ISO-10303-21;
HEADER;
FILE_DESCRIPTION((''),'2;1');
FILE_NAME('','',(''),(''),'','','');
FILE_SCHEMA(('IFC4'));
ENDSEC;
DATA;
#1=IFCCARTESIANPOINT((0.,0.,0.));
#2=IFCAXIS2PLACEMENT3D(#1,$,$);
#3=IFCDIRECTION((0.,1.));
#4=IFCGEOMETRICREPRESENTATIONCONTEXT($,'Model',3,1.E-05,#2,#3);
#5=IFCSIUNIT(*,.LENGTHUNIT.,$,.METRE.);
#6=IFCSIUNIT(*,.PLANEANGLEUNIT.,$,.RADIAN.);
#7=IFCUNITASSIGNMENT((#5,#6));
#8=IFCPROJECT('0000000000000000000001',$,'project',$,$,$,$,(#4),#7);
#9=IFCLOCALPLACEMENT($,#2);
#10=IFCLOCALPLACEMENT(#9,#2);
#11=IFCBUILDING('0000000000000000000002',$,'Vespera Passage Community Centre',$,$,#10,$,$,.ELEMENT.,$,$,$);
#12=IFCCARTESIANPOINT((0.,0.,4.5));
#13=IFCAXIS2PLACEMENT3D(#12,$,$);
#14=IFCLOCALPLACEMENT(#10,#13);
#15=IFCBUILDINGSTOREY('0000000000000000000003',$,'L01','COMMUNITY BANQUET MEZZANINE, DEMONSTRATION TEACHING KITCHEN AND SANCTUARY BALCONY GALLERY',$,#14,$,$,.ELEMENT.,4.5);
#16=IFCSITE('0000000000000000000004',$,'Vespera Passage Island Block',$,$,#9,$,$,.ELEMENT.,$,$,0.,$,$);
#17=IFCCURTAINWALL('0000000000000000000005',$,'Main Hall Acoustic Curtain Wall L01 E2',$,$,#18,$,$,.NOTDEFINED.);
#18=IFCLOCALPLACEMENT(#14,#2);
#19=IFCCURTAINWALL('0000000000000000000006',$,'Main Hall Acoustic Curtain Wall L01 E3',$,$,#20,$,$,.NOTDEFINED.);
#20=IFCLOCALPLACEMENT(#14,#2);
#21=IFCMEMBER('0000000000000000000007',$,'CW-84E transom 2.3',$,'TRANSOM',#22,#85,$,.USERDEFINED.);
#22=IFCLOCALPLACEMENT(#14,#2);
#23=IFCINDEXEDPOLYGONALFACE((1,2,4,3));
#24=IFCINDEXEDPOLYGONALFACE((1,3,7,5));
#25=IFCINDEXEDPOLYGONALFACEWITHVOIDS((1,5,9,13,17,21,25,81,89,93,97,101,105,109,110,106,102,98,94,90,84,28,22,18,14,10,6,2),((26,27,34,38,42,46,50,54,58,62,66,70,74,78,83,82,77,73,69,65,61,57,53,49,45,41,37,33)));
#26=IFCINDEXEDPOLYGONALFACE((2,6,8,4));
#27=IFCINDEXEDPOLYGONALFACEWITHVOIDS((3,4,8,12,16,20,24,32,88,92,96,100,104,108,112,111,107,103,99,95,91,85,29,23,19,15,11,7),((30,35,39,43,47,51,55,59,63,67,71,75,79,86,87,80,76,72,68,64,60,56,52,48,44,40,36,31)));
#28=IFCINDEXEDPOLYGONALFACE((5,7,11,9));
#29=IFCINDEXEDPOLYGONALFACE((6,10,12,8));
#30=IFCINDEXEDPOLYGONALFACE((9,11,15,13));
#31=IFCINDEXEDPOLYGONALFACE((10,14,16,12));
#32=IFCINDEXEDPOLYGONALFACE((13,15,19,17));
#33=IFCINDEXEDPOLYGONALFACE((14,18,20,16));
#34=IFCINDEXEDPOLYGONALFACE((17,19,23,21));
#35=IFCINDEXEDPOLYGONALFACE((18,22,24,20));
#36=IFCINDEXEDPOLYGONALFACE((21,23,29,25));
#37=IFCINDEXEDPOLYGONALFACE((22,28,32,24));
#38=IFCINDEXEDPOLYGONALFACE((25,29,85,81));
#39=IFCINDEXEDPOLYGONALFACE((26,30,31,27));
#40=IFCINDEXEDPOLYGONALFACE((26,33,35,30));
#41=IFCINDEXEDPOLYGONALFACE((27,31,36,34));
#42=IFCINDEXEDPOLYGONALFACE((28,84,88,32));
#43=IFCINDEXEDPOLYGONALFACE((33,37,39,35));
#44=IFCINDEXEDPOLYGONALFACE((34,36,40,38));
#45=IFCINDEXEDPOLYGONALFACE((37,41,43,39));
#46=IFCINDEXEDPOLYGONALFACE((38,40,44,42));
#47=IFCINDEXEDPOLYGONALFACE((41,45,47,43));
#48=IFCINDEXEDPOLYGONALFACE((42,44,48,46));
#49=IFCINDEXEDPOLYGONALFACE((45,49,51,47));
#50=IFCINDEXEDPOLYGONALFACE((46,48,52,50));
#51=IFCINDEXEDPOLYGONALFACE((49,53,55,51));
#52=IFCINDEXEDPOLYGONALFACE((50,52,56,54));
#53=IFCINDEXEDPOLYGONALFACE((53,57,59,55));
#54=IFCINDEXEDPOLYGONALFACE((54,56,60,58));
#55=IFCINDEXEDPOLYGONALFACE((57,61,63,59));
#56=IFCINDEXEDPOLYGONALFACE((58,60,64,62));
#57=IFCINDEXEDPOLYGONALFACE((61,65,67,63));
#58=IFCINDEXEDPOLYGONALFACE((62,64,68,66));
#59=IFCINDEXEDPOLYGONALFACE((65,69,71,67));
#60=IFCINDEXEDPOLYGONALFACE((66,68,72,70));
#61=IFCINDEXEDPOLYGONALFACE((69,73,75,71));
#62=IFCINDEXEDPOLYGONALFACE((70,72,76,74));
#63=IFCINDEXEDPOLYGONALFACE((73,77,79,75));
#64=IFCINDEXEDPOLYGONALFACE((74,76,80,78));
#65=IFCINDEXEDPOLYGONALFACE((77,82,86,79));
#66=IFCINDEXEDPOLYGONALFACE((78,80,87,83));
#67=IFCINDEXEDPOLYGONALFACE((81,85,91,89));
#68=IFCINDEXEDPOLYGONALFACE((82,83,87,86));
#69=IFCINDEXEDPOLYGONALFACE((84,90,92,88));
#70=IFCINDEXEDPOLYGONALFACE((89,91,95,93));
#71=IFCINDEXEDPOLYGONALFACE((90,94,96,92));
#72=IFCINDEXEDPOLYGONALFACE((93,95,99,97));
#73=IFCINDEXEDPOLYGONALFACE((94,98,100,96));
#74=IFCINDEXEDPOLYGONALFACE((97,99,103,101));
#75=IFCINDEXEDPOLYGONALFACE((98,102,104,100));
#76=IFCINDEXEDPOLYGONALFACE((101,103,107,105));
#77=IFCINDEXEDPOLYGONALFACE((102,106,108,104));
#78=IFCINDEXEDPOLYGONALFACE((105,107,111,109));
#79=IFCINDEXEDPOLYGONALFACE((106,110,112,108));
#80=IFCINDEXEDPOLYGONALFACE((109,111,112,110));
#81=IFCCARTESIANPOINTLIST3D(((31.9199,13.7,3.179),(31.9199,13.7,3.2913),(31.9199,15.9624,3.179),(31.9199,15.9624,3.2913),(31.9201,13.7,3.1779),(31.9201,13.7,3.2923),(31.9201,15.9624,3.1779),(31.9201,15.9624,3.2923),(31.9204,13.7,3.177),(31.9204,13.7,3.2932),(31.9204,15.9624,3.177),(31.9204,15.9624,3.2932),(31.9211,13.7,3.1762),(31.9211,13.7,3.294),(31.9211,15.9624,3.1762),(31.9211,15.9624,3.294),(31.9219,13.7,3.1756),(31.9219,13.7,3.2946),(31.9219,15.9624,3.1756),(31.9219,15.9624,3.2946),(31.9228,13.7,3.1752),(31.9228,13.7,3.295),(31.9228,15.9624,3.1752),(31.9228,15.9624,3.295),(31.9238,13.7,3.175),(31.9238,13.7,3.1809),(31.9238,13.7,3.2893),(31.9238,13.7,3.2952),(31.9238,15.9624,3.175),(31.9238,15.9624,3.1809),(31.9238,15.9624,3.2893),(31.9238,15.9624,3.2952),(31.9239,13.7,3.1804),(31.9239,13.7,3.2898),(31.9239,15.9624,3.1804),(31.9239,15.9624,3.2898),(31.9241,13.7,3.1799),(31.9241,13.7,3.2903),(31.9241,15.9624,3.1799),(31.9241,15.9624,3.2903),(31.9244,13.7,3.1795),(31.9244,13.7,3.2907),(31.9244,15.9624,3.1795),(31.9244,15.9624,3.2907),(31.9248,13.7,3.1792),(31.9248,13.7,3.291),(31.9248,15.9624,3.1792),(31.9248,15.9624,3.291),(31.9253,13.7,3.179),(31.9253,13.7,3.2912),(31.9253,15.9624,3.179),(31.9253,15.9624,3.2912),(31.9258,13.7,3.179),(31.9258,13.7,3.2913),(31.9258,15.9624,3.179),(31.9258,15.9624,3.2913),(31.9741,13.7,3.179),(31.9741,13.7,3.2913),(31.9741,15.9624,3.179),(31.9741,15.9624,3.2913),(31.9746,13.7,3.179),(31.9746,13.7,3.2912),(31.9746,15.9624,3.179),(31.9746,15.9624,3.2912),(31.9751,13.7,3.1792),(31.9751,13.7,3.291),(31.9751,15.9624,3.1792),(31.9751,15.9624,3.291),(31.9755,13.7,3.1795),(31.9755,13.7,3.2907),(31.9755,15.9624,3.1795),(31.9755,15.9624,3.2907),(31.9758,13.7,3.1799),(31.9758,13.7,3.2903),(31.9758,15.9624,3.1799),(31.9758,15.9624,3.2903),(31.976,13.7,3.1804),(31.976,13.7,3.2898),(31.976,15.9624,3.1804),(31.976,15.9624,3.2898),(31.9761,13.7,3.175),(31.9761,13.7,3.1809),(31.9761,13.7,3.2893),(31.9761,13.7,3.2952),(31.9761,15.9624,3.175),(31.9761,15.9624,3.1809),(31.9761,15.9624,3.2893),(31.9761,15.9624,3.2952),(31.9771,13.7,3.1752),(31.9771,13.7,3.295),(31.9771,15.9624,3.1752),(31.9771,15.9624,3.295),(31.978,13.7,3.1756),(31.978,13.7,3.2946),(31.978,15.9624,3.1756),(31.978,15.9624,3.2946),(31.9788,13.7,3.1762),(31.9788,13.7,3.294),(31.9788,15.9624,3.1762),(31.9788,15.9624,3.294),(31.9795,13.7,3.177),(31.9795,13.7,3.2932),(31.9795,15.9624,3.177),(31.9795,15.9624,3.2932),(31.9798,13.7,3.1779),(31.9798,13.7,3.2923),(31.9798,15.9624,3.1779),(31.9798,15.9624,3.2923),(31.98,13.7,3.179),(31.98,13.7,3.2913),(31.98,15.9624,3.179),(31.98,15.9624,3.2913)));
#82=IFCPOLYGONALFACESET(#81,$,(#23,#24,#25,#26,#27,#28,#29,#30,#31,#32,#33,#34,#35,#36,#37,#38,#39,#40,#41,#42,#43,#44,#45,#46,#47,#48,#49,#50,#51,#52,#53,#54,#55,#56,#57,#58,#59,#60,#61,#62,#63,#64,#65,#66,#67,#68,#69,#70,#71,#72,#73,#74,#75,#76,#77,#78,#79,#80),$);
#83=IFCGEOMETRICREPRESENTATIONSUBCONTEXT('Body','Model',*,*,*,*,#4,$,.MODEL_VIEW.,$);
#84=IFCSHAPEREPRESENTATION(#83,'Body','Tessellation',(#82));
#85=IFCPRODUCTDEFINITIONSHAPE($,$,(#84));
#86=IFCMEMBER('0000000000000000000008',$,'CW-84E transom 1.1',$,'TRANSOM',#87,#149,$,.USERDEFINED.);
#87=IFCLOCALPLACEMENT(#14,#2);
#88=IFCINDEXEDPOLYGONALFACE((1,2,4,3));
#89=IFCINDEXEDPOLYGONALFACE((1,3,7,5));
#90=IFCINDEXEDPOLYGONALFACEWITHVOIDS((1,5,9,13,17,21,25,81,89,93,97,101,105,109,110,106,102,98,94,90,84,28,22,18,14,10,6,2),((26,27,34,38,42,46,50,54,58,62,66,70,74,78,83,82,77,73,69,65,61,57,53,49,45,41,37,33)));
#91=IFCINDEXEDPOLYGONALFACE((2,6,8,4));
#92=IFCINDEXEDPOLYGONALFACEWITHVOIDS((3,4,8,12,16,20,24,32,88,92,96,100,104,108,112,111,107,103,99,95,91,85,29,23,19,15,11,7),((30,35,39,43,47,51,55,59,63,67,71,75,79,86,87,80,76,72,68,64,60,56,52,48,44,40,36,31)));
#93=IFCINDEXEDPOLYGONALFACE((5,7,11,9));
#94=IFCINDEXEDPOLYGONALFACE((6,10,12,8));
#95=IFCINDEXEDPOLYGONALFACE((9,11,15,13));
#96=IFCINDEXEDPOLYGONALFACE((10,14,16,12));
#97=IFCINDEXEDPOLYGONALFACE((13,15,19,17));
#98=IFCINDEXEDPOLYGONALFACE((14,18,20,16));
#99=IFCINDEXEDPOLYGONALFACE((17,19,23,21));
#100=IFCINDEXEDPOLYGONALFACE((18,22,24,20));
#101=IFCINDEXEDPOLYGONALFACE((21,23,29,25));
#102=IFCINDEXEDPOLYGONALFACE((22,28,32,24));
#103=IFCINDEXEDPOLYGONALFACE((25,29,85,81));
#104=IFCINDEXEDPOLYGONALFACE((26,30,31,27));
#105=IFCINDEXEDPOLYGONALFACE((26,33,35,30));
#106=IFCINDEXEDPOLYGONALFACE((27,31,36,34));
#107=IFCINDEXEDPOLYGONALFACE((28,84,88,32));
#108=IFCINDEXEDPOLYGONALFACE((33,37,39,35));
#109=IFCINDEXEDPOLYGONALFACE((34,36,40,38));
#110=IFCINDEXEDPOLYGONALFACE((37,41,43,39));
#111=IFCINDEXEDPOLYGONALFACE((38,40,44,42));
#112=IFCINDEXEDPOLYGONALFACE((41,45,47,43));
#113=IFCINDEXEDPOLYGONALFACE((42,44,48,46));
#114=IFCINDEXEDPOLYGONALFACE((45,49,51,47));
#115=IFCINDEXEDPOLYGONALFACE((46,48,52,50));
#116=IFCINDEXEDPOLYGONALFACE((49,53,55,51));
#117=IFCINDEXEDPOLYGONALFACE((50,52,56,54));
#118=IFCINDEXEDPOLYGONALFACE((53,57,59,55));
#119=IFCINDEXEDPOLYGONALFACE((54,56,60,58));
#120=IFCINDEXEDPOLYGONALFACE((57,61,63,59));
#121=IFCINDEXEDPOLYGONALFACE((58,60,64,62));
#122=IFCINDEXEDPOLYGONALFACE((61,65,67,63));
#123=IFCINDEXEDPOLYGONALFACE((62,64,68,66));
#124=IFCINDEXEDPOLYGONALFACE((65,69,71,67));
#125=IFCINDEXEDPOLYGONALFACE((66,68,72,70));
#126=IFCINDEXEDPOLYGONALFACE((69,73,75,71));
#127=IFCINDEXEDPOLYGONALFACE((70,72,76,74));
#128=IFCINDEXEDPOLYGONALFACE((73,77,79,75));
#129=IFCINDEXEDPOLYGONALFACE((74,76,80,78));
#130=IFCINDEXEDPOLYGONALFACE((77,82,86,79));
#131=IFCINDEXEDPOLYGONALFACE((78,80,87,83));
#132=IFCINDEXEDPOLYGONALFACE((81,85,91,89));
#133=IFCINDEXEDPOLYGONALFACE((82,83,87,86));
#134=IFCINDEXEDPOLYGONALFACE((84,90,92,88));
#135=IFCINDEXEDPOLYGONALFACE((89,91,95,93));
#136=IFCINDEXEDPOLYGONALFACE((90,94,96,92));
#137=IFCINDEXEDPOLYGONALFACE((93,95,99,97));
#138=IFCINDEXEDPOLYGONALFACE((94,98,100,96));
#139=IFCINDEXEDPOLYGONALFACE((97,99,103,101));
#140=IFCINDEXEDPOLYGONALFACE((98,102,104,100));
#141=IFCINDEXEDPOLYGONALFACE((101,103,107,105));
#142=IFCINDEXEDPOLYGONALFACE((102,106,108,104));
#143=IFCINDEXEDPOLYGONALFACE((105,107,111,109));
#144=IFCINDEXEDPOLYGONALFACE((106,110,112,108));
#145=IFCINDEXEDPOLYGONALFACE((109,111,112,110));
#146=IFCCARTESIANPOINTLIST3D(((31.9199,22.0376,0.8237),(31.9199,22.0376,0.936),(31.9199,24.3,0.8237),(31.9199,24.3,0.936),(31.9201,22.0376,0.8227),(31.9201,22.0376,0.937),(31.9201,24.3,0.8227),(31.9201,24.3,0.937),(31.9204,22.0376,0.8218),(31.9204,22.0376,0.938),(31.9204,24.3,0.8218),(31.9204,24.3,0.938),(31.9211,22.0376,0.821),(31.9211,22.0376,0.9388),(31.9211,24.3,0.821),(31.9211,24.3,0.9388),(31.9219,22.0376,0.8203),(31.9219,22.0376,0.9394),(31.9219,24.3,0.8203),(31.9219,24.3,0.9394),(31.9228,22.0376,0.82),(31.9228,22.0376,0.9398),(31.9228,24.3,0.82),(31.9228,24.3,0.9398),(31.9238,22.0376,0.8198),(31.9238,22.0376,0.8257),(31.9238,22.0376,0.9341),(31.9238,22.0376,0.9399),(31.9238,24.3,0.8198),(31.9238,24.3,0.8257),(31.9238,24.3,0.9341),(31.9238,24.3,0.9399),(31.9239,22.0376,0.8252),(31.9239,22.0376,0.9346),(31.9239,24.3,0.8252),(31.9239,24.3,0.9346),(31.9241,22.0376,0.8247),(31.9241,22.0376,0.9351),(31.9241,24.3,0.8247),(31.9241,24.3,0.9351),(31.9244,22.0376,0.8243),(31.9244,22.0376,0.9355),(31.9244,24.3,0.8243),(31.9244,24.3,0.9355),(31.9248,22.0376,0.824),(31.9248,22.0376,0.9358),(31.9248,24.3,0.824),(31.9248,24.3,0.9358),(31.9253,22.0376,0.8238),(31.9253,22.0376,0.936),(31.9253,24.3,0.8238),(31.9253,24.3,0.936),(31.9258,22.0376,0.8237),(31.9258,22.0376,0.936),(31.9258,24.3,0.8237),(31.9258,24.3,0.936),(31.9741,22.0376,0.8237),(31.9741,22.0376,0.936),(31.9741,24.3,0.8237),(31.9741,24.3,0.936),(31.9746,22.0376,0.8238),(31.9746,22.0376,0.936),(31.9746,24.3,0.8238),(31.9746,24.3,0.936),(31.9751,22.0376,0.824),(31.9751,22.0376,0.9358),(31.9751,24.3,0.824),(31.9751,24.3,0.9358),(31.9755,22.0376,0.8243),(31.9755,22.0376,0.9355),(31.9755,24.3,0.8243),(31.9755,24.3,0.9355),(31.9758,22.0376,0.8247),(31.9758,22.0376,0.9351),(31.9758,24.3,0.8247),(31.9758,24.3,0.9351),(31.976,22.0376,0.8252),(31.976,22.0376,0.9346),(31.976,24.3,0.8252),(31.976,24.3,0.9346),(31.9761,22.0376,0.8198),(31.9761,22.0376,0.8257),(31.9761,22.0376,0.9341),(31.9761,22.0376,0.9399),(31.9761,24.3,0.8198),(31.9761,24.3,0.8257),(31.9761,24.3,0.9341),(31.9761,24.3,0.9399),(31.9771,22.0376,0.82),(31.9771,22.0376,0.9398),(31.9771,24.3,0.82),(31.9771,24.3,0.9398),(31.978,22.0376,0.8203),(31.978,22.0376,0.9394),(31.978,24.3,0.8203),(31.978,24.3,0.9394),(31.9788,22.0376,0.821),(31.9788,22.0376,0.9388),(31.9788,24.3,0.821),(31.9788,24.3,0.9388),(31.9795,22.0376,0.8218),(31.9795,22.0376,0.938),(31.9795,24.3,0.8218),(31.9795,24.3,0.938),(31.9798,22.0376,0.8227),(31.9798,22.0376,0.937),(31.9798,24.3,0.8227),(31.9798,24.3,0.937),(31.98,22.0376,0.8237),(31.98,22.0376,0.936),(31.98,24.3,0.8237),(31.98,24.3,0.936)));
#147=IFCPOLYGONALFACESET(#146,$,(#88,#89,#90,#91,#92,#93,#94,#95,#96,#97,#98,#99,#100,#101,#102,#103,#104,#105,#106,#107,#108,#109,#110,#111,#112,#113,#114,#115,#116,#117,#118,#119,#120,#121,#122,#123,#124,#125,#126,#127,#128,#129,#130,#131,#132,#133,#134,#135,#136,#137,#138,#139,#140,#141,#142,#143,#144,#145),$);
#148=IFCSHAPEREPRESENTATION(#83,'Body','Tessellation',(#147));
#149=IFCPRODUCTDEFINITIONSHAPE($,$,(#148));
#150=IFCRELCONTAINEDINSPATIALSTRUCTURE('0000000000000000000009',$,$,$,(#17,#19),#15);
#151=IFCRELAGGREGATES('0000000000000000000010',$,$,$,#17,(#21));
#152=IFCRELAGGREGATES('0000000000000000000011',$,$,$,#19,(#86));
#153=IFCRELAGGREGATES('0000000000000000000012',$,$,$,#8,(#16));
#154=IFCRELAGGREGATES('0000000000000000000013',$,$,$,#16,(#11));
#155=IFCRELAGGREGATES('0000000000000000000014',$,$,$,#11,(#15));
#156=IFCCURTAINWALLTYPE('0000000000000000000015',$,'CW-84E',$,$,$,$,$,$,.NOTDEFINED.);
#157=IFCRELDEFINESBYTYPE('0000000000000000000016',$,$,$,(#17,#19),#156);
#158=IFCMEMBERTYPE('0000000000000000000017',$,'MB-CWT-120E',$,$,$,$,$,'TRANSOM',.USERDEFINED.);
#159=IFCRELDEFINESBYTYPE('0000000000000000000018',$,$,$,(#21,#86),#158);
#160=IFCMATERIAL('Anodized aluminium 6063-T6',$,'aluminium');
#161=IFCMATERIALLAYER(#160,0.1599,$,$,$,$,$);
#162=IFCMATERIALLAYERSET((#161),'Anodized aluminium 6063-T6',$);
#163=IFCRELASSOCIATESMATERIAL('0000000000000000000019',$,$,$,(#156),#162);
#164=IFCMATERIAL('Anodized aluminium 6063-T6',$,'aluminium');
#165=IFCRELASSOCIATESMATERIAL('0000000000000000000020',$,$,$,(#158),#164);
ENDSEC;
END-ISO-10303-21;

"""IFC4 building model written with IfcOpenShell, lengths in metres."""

from ifc_helpers import new_model, si_unit, direction, frame, origin, origin_2d, place, context, subcontext, project, spatial, hollow_rectangle, extrude, material, layer, layer_set, material_profile, profile_set, type_object, element, aggregate, save


model = new_model("IFC4")

# Units and contexts
model_context = context("Model", 3, precision=1e-05, world=origin(), true_north=direction((0.0, 1.0)))
body_context = subcontext(model_context, "Body", "Model", "MODEL_VIEW")
ifc_project = project(units=[si_unit("LENGTHUNIT", "METRE"), si_unit("PLANEANGLEUNIT", "RADIAN")], contexts=[model_context])

# Site, building, storey
site_placement = place(None, origin())
site = spatial("IfcSite", under=ifc_project, at=site_placement, Name="Vespera Passage Island Block", CompositionType="ELEMENT", RefElevation=0.0)
building_placement = place(site_placement, origin())
building = spatial("IfcBuilding", under=site, at=building_placement, Name="Vespera Passage Community Centre", CompositionType="ELEMENT")
storey_placement = place(building_placement, frame((0.0, 0.0, 4.5)))
storey = spatial("IfcBuildingStorey", under=building, at=storey_placement, Name="L01", Description="COMMUNITY BANQUET MEZZANINE, DEMONSTRATION TEACHING KITCHEN AND SANCTUARY BALCONY GALLERY", CompositionType="ELEMENT", Elevation=4.5)

# Curtain walls
ifc_material_1 = material(Name="Anodized aluminium 6063-T6", Category="aluminium")
ifc_layer_1 = layer(ifc_material_1, 0.1599)
ifc_layer_set_1 = layer_set([ifc_layer_1], Name="Anodized aluminium 6063-T6")
curtain_wall_type = type_object("IfcCurtainWallType", Name="CW-84E", PredefinedType="NOTDEFINED", material=ifc_layer_set_1)
curtain_wall_1_placement = place(storey_placement, origin())
curtain_wall_1 = element("IfcCurtainWall", 1, at=curtain_wall_1_placement, inside=storey, type_object=curtain_wall_type, Name="Main Hall Acoustic Curtain Wall L01 E2", PredefinedType="NOTDEFINED")
curtain_wall_2_placement = place(storey_placement, origin())
curtain_wall_2 = element("IfcCurtainWall", 2, at=curtain_wall_2_placement, inside=storey, type_object=curtain_wall_type, Name="Main Hall Acoustic Curtain Wall L01 E3", PredefinedType="NOTDEFINED")

# Members
ifc_material_2 = material(Name="Anodized aluminium 6063-T6", Category="aluminium")
ifc_material_profile_1 = material_profile(ifc_material_2, hollow_rectangle(XDim=0.0601, YDim=0.1201, WallThickness=0.0039, InnerFilletRadius=0.002, OuterFilletRadius=0.0039, at=origin_2d()), Name="ALU120X60X4")
ifc_profile_set_1 = profile_set([ifc_material_profile_1], Name="Anodized aluminium 6063-T6")
member_type_1 = type_object("IfcMemberType", Name="MB-CWT-120E", ElementType="TRANSOM", PredefinedType="USERDEFINED", material=ifc_profile_set_1)
member_1_placement = place(storey_placement, frame((31.95, 15.9624, 3.2351), z_axis=(0.0, -1.0, 0.0), x_axis=(1.0, 0.0, 0.0)))
member_1 = element("IfcMember", 3, at=member_1_placement, type_object=member_type_1, Name="CW-84E transom 2.3", ObjectType="TRANSOM", PredefinedType="USERDEFINED", context=body_context, shape_type="SweptSolid", body=[
    extrude(hollow_rectangle(XDim=0.0601, YDim=0.1201, WallThickness=0.0039, InnerFilletRadius=0.002, OuterFilletRadius=0.0039, at=origin_2d()), origin(), (0.0, 0.0, 1.0), 2.2625),
])
member_2_placement = place(storey_placement, frame((31.95, 24.3, 0.8799), z_axis=(0.0, -1.0, 0.0), x_axis=(1.0, 0.0, 0.0)))
member_2 = element("IfcMember", 4, at=member_2_placement, type_object=member_type_1, Name="CW-84E transom 1.1", ObjectType="TRANSOM", PredefinedType="USERDEFINED", context=body_context, shape_type="SweptSolid", body=[
    extrude(hollow_rectangle(XDim=0.0601, YDim=0.1201, WallThickness=0.0039, InnerFilletRadius=0.002, OuterFilletRadius=0.0039, at=origin_2d()), origin(), (0.0, 0.0, 1.0), 2.2625),
])

aggregate(curtain_wall_1, [member_1])
aggregate(curtain_wall_2, [member_2])

save(model, "model.ifc")
